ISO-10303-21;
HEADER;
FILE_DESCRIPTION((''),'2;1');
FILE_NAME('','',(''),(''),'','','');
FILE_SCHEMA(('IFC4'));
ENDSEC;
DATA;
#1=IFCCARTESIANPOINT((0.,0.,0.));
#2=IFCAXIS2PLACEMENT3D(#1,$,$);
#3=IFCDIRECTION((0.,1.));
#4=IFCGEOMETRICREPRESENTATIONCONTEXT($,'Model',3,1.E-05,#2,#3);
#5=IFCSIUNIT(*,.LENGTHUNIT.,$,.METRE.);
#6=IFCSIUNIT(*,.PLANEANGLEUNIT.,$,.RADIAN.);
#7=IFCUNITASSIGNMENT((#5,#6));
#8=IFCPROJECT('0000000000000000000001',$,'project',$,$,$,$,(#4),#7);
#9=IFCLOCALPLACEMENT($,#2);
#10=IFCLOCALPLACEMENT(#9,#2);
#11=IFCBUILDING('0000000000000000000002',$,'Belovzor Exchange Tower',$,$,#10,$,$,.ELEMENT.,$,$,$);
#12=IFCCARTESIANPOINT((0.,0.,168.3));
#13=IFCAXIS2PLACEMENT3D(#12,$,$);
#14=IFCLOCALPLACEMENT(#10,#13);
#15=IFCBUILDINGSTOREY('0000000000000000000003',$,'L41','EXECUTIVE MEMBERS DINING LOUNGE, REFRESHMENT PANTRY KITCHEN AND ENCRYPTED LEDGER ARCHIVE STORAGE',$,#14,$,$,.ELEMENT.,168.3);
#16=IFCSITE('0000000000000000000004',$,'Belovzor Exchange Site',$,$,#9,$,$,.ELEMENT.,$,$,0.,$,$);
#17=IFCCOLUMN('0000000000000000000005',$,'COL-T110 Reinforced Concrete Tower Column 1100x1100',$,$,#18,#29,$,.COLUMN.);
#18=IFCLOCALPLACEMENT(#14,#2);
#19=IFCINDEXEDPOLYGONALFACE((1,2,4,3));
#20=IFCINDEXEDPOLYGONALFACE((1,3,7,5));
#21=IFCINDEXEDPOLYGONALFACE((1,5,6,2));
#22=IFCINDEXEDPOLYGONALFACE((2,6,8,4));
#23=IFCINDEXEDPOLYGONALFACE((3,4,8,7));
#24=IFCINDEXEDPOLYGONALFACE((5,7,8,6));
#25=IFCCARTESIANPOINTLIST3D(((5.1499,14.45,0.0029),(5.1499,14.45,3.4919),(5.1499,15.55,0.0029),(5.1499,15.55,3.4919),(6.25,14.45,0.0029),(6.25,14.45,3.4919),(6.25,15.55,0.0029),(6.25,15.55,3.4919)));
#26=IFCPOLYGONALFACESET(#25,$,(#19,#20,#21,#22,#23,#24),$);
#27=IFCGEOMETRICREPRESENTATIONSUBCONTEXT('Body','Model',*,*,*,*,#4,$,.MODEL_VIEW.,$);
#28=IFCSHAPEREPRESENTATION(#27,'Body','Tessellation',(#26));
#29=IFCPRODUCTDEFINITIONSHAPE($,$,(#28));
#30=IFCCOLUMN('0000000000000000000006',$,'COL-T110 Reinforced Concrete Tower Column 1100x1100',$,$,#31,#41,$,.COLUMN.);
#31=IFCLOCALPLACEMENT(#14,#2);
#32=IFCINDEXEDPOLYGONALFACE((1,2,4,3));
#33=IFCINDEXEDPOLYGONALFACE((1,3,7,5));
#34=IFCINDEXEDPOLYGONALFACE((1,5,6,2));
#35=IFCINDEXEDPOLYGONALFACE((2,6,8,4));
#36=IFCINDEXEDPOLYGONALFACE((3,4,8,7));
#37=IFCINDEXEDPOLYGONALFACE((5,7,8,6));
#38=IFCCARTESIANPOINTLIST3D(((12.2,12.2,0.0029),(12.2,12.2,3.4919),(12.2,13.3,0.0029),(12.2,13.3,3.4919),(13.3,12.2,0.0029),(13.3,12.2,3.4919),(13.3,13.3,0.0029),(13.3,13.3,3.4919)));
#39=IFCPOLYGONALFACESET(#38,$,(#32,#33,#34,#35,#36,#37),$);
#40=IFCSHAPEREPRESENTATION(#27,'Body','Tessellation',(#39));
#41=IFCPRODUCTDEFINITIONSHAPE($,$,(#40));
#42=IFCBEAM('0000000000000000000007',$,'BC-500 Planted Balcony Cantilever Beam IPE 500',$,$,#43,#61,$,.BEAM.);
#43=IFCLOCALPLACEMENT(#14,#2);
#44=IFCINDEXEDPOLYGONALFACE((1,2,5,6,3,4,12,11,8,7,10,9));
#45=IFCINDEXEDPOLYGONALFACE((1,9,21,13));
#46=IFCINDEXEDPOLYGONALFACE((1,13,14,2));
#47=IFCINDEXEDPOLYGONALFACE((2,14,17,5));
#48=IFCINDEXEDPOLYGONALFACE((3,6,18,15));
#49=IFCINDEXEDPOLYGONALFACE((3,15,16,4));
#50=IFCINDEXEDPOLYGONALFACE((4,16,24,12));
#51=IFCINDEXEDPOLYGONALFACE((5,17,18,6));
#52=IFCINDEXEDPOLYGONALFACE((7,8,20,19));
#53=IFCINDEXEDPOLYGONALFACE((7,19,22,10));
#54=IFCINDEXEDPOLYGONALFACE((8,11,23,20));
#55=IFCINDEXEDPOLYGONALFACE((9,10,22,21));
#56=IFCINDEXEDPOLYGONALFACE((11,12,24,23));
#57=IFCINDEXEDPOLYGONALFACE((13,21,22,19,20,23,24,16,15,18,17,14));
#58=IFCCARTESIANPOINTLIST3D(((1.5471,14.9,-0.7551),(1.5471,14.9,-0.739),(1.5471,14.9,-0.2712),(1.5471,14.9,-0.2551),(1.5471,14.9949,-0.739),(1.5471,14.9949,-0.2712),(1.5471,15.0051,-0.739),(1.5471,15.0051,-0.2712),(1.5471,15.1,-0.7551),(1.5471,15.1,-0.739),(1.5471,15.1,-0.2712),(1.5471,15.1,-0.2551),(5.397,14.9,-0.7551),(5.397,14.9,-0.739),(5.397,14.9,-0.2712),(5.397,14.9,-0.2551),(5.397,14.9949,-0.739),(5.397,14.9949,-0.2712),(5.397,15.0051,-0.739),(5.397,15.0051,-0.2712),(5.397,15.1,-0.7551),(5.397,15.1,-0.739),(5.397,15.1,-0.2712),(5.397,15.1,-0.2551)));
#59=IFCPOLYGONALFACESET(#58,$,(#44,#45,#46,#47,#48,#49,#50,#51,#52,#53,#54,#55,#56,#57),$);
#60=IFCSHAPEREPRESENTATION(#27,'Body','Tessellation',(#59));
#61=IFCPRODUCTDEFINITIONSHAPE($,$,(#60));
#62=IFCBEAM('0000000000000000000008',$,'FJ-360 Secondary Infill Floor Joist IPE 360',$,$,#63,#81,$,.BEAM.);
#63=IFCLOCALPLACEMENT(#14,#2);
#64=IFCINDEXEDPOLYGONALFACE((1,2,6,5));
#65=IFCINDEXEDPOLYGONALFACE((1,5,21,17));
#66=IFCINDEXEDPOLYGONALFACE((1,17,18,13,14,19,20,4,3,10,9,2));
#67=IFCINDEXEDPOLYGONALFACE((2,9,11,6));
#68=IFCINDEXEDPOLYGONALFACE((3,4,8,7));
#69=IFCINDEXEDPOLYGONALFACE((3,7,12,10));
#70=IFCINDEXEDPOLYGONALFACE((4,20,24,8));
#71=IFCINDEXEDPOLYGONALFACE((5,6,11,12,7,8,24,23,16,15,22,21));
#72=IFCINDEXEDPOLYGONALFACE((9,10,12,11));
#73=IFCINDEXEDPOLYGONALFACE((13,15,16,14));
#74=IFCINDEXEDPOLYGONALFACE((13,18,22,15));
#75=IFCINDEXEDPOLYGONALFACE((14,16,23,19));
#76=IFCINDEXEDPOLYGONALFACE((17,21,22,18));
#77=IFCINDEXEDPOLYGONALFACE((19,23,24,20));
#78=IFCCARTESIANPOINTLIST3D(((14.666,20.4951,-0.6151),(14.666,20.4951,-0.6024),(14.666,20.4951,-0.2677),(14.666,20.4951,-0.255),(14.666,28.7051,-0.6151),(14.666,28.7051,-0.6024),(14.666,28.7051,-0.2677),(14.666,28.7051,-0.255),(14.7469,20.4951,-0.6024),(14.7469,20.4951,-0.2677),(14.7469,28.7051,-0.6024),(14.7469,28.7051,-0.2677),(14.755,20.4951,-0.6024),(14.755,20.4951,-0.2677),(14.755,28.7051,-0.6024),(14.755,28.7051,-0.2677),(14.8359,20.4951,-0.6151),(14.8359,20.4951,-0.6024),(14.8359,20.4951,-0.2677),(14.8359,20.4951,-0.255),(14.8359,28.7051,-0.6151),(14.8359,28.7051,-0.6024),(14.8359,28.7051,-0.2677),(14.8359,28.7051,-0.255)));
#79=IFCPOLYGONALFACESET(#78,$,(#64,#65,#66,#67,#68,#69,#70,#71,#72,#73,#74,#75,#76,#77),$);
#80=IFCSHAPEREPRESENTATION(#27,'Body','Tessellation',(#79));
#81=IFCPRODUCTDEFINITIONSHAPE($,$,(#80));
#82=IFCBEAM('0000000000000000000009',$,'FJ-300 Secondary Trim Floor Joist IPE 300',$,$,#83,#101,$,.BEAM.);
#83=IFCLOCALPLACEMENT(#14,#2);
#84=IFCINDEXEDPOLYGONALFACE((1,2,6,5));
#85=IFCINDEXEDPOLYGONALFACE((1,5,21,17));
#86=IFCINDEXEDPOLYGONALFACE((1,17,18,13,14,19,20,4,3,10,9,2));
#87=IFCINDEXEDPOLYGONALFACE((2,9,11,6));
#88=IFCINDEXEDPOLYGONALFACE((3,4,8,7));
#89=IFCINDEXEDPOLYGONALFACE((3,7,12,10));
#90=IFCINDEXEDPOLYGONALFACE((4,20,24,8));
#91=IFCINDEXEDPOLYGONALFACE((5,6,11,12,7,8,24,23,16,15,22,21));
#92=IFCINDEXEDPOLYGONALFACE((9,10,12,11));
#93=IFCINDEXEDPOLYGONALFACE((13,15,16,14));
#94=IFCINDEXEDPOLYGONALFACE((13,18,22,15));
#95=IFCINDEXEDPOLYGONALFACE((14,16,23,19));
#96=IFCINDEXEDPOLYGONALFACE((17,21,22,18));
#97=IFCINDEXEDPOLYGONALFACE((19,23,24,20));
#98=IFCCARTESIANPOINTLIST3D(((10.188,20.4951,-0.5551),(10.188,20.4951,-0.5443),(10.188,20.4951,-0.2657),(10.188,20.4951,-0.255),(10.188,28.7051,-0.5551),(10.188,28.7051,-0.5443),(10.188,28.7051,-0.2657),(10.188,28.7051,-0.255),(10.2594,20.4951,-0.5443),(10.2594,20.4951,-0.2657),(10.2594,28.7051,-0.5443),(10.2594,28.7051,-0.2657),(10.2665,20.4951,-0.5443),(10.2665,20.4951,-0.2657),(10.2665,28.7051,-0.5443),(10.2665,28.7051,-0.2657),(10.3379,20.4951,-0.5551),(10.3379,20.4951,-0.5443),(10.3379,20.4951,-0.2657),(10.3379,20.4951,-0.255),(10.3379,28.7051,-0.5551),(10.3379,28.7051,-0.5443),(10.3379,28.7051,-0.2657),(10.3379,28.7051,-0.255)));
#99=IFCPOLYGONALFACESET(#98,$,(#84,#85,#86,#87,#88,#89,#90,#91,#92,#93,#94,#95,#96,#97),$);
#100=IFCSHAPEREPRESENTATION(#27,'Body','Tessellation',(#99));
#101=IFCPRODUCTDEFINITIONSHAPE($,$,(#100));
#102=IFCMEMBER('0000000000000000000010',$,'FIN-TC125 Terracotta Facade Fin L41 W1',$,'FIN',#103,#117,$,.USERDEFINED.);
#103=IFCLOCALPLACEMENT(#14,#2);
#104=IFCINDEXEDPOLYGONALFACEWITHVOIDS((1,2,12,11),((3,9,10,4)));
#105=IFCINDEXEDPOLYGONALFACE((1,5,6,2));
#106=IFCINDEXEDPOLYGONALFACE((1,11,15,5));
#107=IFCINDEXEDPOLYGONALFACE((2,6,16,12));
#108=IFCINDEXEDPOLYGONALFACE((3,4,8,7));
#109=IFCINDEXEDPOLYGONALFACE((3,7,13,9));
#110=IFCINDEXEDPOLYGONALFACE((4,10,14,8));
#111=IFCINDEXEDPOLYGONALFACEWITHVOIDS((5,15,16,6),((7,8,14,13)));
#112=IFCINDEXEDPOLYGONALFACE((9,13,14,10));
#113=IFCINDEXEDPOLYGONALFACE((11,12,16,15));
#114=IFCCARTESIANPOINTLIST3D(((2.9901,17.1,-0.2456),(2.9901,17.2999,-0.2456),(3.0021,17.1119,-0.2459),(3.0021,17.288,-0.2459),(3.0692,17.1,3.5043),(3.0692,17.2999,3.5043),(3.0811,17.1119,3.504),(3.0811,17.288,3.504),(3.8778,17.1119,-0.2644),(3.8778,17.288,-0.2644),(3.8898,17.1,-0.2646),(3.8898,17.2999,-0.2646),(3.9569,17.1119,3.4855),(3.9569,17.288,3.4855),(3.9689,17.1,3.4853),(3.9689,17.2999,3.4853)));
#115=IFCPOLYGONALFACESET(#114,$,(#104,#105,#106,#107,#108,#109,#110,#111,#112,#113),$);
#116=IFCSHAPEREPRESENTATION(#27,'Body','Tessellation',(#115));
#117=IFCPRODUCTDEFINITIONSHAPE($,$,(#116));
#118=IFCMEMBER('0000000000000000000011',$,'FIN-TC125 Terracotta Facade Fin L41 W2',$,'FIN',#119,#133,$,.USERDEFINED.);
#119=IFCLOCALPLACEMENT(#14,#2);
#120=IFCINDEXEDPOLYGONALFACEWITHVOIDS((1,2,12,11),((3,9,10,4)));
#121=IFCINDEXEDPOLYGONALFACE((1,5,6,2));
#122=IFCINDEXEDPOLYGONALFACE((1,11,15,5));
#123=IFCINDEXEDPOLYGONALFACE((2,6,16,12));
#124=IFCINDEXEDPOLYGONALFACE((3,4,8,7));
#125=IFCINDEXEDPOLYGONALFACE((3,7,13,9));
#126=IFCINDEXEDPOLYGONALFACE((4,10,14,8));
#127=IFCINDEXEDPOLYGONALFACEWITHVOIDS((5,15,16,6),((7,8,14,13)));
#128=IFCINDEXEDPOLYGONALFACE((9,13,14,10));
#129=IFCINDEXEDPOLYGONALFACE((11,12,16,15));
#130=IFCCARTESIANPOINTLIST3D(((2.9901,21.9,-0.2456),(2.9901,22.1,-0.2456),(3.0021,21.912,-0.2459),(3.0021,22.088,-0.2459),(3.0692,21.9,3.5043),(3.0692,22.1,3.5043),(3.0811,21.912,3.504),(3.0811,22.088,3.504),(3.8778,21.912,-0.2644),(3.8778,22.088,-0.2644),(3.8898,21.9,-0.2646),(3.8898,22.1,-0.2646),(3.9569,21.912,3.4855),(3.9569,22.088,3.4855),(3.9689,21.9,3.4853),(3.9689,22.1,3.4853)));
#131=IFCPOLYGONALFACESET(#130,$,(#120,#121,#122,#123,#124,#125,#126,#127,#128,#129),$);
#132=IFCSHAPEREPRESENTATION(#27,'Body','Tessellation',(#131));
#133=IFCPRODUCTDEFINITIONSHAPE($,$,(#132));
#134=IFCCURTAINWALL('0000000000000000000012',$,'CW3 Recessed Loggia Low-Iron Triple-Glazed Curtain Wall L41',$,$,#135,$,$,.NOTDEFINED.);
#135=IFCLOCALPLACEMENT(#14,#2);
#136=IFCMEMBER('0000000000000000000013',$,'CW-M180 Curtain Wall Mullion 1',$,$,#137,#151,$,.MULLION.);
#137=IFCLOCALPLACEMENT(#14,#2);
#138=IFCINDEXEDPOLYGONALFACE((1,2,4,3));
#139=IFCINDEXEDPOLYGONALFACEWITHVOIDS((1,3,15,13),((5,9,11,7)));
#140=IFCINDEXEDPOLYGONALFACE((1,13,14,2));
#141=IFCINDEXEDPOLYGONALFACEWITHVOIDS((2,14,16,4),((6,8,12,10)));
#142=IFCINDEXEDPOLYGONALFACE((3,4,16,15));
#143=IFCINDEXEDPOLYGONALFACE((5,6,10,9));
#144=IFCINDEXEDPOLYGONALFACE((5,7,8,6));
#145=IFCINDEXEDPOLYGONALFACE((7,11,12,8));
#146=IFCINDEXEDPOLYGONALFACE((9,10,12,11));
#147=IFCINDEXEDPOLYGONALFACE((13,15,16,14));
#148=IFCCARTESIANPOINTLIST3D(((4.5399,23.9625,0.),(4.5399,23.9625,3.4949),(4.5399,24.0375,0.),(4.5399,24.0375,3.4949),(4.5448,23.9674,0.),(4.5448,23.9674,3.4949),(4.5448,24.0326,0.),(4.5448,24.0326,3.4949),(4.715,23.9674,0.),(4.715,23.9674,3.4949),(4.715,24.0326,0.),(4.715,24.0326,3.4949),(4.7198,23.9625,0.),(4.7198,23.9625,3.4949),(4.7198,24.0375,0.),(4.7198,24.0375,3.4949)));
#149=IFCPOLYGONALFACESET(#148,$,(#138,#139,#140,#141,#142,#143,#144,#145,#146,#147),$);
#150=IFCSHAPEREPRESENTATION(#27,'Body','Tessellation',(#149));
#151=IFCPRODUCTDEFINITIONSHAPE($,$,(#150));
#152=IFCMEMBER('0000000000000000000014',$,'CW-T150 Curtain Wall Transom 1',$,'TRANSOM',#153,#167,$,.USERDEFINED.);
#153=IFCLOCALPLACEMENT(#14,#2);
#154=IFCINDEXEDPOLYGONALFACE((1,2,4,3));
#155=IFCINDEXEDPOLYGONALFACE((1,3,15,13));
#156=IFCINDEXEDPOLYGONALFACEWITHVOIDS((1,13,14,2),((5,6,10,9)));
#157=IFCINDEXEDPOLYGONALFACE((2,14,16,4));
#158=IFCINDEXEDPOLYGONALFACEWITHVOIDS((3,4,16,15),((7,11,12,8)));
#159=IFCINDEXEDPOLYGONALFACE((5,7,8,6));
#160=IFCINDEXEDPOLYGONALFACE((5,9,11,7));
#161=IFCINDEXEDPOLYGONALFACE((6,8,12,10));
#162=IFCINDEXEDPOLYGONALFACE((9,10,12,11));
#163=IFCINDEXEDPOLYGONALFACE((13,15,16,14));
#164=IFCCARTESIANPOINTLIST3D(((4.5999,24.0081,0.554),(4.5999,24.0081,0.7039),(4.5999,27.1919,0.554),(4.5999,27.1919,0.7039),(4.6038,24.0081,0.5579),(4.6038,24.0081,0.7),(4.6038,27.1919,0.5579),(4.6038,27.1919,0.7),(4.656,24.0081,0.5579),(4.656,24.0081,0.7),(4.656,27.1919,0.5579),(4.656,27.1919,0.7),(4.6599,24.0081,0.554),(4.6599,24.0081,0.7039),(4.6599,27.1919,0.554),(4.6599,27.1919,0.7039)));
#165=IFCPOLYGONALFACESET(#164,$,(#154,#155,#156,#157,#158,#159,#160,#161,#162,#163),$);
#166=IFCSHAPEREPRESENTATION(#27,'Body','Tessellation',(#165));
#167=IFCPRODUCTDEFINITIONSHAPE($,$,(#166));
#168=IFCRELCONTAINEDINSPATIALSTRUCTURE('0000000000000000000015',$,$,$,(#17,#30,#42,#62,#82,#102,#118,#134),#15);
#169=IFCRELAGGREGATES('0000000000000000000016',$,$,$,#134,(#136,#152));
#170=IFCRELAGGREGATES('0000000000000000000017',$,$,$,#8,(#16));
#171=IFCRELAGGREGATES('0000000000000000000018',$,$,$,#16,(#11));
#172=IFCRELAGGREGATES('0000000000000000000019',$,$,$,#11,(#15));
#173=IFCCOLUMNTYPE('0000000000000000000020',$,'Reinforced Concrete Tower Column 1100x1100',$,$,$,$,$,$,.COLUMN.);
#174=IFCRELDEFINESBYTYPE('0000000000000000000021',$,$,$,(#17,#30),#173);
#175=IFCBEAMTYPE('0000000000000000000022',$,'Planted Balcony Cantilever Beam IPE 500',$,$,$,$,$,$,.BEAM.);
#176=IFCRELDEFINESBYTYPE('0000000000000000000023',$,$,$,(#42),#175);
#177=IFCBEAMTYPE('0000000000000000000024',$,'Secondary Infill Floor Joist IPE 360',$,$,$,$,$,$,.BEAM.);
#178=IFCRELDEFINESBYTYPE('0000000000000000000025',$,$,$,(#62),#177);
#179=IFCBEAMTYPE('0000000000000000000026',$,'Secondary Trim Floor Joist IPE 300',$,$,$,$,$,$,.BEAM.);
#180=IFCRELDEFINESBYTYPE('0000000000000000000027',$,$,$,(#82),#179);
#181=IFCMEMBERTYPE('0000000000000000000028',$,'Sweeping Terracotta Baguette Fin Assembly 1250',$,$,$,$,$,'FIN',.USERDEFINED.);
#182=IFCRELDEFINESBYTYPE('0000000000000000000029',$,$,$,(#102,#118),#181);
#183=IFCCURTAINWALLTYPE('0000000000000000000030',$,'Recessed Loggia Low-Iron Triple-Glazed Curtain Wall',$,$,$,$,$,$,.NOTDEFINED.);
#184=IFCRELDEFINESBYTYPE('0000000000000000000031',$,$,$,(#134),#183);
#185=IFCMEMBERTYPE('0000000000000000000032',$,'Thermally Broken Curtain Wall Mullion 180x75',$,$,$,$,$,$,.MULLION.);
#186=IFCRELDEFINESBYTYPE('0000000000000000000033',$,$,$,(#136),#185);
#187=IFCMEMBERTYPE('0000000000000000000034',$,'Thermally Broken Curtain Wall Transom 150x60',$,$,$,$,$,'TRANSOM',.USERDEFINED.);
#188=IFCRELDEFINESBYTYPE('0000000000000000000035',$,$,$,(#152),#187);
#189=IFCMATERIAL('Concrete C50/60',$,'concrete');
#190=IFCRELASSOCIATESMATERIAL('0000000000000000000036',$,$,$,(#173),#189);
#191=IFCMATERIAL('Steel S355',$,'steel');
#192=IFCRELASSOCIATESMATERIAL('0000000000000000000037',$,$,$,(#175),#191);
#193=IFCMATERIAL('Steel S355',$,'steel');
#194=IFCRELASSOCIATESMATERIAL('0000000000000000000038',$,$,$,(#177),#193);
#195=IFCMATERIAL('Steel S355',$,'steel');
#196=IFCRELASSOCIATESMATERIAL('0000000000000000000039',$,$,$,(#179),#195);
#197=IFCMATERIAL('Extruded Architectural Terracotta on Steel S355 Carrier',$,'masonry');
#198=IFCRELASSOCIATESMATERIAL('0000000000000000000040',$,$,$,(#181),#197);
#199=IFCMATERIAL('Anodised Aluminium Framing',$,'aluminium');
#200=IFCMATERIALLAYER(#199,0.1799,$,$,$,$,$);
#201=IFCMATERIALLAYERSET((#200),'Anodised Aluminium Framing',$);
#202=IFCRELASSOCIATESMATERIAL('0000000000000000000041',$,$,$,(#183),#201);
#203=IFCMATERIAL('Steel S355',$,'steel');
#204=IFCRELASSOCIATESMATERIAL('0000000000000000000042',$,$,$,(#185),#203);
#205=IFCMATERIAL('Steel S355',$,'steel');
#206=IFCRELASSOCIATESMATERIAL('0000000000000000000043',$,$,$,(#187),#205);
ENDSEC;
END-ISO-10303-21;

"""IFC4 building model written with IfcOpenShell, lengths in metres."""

from ifc_helpers import new_model, si_unit, direction, frame, origin, origin_2d, place, context, subcontext, project, spatial, rectangle, hollow_rectangle, i_section, extrude, material, layer, layer_set, material_profile, profile_set, type_object, element, aggregate, save


model = new_model("IFC4")

# Units and contexts
model_context = context("Model", 3, precision=1e-05, world=origin(), true_north=direction((0.0, 1.0)))
body_context = subcontext(model_context, "Body", "Model", "MODEL_VIEW")
ifc_project = project(units=[si_unit("LENGTHUNIT", "METRE"), si_unit("PLANEANGLEUNIT", "RADIAN")], contexts=[model_context])

# Site, building, storey
site_placement = place(None, origin())
site = spatial("IfcSite", under=ifc_project, at=site_placement, Name="Belovzor Exchange Site", CompositionType="ELEMENT", RefElevation=0.0)
building_placement = place(site_placement, origin())
building = spatial("IfcBuilding", under=site, at=building_placement, Name="Belovzor Exchange Tower", CompositionType="ELEMENT")
storey_placement = place(building_placement, frame((0.0, 0.0, 168.3)))
storey = spatial("IfcBuildingStorey", under=building, at=storey_placement, Name="L41", Description="EXECUTIVE MEMBERS DINING LOUNGE, REFRESHMENT PANTRY KITCHEN AND ENCRYPTED LEDGER ARCHIVE STORAGE", CompositionType="ELEMENT", Elevation=168.3)

# Columns
ifc_material_1 = material(Name="Concrete C50/60", Category="concrete")
ifc_material_profile_1 = material_profile(ifc_material_1, rectangle(XDim=1.1001, YDim=1.1001, at=origin_2d()))
ifc_profile_set_1 = profile_set([ifc_material_profile_1], Name="Concrete C50/60")
column_type = type_object("IfcColumnType", Name="Reinforced Concrete Tower Column 1100x1100", PredefinedType="COLUMN", material=ifc_profile_set_1)
for number, where, z_axis, x_axis, name in (
    (1, (5.7, 15.0, 0.0029), (0.0, 0.0, 1.0), (1.0, 0.0, 0.0), "COL-T110 Reinforced Concrete Tower Column 1100x1100"),
    (2, (12.75, 12.75, 0.0029), (0.0, 0.0, 1.0), (1.0, 0.0, 0.0), "COL-T110 Reinforced Concrete Tower Column 1100x1100"),
):
    element("IfcColumn", number, at=place(storey_placement, frame(where, z_axis=z_axis, x_axis=x_axis)), inside=storey, type_object=column_type, Name=name, PredefinedType="COLUMN", context=body_context, shape_type="SweptSolid", body=[
        extrude(rectangle(XDim=1.1001, YDim=1.1001, at=origin_2d()), origin(), (0.0, 0.0, 1.0), 3.489),
    ])

# Beams
ifc_material_2 = material(Name="Steel S355", Category="steel")
ifc_material_profile_2 = material_profile(ifc_material_2, i_section(OverallWidth=0.2, OverallDepth=0.5, WebThickness=0.0103, FlangeThickness=0.0161, at=origin_2d()))
ifc_profile_set_2 = profile_set([ifc_material_profile_2], Name="Steel S355")
beam_type_1 = type_object("IfcBeamType", Name="Planted Balcony Cantilever Beam IPE 500", PredefinedType="BEAM", material=ifc_profile_set_2)
beam_1_placement = place(storey_placement, frame((5.397, 15.0, -0.5051), z_axis=(-1.0, 0.0, 0.0), x_axis=(0.0, -1.0, 0.0)))
element("IfcBeam", 3, at=beam_1_placement, inside=storey, type_object=beam_type_1, Name="BC-500 Planted Balcony Cantilever Beam IPE 500", PredefinedType="BEAM", context=body_context, shape_type="SweptSolid", body=[
    extrude(i_section(OverallWidth=0.2, OverallDepth=0.5, WebThickness=0.0103, FlangeThickness=0.0161, at=origin_2d()), origin(), (0.0, 0.0, 1.0), 3.8499),
])
ifc_material_3 = material(Name="Steel S355", Category="steel")
ifc_material_profile_3 = material_profile(ifc_material_3, i_section(OverallWidth=0.1699, OverallDepth=0.3601, WebThickness=0.0081, FlangeThickness=0.0127, at=origin_2d()))
ifc_profile_set_3 = profile_set([ifc_material_profile_3], Name="Steel S355")
beam_type_2 = type_object("IfcBeamType", Name="Secondary Infill Floor Joist IPE 360", PredefinedType="BEAM", material=ifc_profile_set_3)
beam_2_placement = place(storey_placement, frame((14.751, 20.4951, -0.4351), z_axis=(0.0, 1.0, 0.0), x_axis=(-1.0, 0.0, 0.0)))
element("IfcBeam", 4, at=beam_2_placement, inside=storey, type_object=beam_type_2, Name="FJ-360 Secondary Infill Floor Joist IPE 360", PredefinedType="BEAM", context=body_context, shape_type="SweptSolid", body=[
    extrude(i_section(OverallWidth=0.1699, OverallDepth=0.3601, WebThickness=0.0081, FlangeThickness=0.0127, at=origin_2d()), origin(), (0.0, 0.0, 1.0), 8.21),
])
ifc_material_4 = material(Name="Steel S355", Category="steel")
ifc_material_profile_4 = material_profile(ifc_material_4, i_section(OverallWidth=0.1499, OverallDepth=0.3, WebThickness=0.0071, FlangeThickness=0.0107, at=origin_2d()))
ifc_profile_set_4 = profile_set([ifc_material_profile_4], Name="Steel S355")
beam_type_3 = type_object("IfcBeamType", Name="Secondary Trim Floor Joist IPE 300", PredefinedType="BEAM", material=ifc_profile_set_4)
beam_3_placement = place(storey_placement, frame((10.2629, 20.4951, -0.405), z_axis=(0.0, 1.0, 0.0), x_axis=(-1.0, 0.0, 0.0)))
element("IfcBeam", 5, at=beam_3_placement, inside=storey, type_object=beam_type_3, Name="FJ-300 Secondary Trim Floor Joist IPE 300", PredefinedType="BEAM", context=body_context, shape_type="SweptSolid", body=[
    extrude(i_section(OverallWidth=0.1499, OverallDepth=0.3, WebThickness=0.0071, FlangeThickness=0.0107, at=origin_2d()), origin(), (0.0, 0.0, 1.0), 8.21),
])

# Members
ifc_material_5 = material(Name="Extruded Architectural Terracotta on Steel S355 Carrier", Category="masonry")
ifc_material_profile_5 = material_profile(ifc_material_5, hollow_rectangle(XDim=0.2, YDim=0.8999, WallThickness=0.012, at=origin_2d()))
ifc_profile_set_5 = profile_set([ifc_material_profile_5], Name="Extruded Architectural Terracotta on Steel S355 Carrier")
member_type_1 = type_object("IfcMemberType", Name="Sweeping Terracotta Baguette Fin Assembly 1250", ElementType="FIN", PredefinedType="USERDEFINED", material=ifc_profile_set_5)
for number, where, z_axis, x_axis, name in (
    (6, (3.4399, 17.2, -0.2551), (0.021089, 0.0, 0.999778), (0.0, 1.0, 0.0), "FIN-TC125 Terracotta Facade Fin L41 W1"),
    (7, (3.4399, 22.0, -0.2551), (0.021089, 0.0, 0.999778), (0.0, 1.0, 0.0), "FIN-TC125 Terracotta Facade Fin L41 W2"),
):
    element("IfcMember", number, at=place(storey_placement, frame(where, z_axis=z_axis, x_axis=x_axis)), inside=storey, type_object=member_type_1, Name=name, ObjectType="FIN", PredefinedType="USERDEFINED", context=body_context, shape_type="SweptSolid", body=[
        extrude(hollow_rectangle(XDim=0.2, YDim=0.8999, WallThickness=0.012, at=origin_2d()), origin(), (0.0, 0.0, 1.0), 3.7507),
    ])

# Curtain wall, members
ifc_material_6 = material(Name="Anodised Aluminium Framing", Category="aluminium")
ifc_layer_1 = layer(ifc_material_6, 0.1799)
ifc_layer_set_1 = layer_set([ifc_layer_1], Name="Anodised Aluminium Framing")
curtain_wall_type = type_object("IfcCurtainWallType", Name="Recessed Loggia Low-Iron Triple-Glazed Curtain Wall", PredefinedType="NOTDEFINED", material=ifc_layer_set_1)
curtain_wall_placement = place(storey_placement, origin())
curtain_wall = element("IfcCurtainWall", 8, at=curtain_wall_placement, inside=storey, type_object=curtain_wall_type, Name="CW3 Recessed Loggia Low-Iron Triple-Glazed Curtain Wall L41", PredefinedType="NOTDEFINED")
ifc_material_7 = material(Name="Steel S355", Category="steel")
ifc_material_profile_6 = material_profile(ifc_material_7, hollow_rectangle(XDim=0.075, YDim=0.1799, WallThickness=0.0049, at=origin_2d()))
ifc_profile_set_6 = profile_set([ifc_material_profile_6], Name="Steel S355")
member_type_2 = type_object("IfcMemberType", Name="Thermally Broken Curtain Wall Mullion 180x75", PredefinedType="MULLION", material=ifc_profile_set_6)
member_1_placement = place(storey_placement, frame((4.6299, 24.0, 0.0), z_axis=(0.0, 0.0, 1.0), x_axis=(0.0, 1.0, 0.0)))
member_1 = element("IfcMember", 9, at=member_1_placement, type_object=member_type_2, Name="CW-M180 Curtain Wall Mullion 1", PredefinedType="MULLION", context=body_context, shape_type="SweptSolid", body=[
    extrude(hollow_rectangle(XDim=0.075, YDim=0.1799, WallThickness=0.0049, at=origin_2d()), origin(), (0.0, 0.0, 1.0), 3.4949),
])
ifc_material_8 = material(Name="Steel S355", Category="steel")
ifc_material_profile_7 = material_profile(ifc_material_8, hollow_rectangle(XDim=0.0601, YDim=0.1499, WallThickness=0.0039, at=origin_2d()))
ifc_profile_set_7 = profile_set([ifc_material_profile_7], Name="Steel S355")
member_type_3 = type_object("IfcMemberType", Name="Thermally Broken Curtain Wall Transom 150x60", ElementType="TRANSOM", PredefinedType="USERDEFINED", material=ifc_profile_set_7)
member_2_placement = place(storey_placement, frame((4.6299, 24.0081, 0.6289), z_axis=(0.0, 1.0, 0.0), x_axis=(-1.0, 0.0, 0.0)))
member_2 = element("IfcMember", 10, at=member_2_placement, type_object=member_type_3, Name="CW-T150 Curtain Wall Transom 1", ObjectType="TRANSOM", PredefinedType="USERDEFINED", context=body_context, shape_type="SweptSolid", body=[
    extrude(hollow_rectangle(XDim=0.0601, YDim=0.1499, WallThickness=0.0039, at=origin_2d()), origin(), (0.0, 0.0, 1.0), 3.1838),
])

aggregate(curtain_wall, [member_1, member_2])

save(model, "model.ifc")
